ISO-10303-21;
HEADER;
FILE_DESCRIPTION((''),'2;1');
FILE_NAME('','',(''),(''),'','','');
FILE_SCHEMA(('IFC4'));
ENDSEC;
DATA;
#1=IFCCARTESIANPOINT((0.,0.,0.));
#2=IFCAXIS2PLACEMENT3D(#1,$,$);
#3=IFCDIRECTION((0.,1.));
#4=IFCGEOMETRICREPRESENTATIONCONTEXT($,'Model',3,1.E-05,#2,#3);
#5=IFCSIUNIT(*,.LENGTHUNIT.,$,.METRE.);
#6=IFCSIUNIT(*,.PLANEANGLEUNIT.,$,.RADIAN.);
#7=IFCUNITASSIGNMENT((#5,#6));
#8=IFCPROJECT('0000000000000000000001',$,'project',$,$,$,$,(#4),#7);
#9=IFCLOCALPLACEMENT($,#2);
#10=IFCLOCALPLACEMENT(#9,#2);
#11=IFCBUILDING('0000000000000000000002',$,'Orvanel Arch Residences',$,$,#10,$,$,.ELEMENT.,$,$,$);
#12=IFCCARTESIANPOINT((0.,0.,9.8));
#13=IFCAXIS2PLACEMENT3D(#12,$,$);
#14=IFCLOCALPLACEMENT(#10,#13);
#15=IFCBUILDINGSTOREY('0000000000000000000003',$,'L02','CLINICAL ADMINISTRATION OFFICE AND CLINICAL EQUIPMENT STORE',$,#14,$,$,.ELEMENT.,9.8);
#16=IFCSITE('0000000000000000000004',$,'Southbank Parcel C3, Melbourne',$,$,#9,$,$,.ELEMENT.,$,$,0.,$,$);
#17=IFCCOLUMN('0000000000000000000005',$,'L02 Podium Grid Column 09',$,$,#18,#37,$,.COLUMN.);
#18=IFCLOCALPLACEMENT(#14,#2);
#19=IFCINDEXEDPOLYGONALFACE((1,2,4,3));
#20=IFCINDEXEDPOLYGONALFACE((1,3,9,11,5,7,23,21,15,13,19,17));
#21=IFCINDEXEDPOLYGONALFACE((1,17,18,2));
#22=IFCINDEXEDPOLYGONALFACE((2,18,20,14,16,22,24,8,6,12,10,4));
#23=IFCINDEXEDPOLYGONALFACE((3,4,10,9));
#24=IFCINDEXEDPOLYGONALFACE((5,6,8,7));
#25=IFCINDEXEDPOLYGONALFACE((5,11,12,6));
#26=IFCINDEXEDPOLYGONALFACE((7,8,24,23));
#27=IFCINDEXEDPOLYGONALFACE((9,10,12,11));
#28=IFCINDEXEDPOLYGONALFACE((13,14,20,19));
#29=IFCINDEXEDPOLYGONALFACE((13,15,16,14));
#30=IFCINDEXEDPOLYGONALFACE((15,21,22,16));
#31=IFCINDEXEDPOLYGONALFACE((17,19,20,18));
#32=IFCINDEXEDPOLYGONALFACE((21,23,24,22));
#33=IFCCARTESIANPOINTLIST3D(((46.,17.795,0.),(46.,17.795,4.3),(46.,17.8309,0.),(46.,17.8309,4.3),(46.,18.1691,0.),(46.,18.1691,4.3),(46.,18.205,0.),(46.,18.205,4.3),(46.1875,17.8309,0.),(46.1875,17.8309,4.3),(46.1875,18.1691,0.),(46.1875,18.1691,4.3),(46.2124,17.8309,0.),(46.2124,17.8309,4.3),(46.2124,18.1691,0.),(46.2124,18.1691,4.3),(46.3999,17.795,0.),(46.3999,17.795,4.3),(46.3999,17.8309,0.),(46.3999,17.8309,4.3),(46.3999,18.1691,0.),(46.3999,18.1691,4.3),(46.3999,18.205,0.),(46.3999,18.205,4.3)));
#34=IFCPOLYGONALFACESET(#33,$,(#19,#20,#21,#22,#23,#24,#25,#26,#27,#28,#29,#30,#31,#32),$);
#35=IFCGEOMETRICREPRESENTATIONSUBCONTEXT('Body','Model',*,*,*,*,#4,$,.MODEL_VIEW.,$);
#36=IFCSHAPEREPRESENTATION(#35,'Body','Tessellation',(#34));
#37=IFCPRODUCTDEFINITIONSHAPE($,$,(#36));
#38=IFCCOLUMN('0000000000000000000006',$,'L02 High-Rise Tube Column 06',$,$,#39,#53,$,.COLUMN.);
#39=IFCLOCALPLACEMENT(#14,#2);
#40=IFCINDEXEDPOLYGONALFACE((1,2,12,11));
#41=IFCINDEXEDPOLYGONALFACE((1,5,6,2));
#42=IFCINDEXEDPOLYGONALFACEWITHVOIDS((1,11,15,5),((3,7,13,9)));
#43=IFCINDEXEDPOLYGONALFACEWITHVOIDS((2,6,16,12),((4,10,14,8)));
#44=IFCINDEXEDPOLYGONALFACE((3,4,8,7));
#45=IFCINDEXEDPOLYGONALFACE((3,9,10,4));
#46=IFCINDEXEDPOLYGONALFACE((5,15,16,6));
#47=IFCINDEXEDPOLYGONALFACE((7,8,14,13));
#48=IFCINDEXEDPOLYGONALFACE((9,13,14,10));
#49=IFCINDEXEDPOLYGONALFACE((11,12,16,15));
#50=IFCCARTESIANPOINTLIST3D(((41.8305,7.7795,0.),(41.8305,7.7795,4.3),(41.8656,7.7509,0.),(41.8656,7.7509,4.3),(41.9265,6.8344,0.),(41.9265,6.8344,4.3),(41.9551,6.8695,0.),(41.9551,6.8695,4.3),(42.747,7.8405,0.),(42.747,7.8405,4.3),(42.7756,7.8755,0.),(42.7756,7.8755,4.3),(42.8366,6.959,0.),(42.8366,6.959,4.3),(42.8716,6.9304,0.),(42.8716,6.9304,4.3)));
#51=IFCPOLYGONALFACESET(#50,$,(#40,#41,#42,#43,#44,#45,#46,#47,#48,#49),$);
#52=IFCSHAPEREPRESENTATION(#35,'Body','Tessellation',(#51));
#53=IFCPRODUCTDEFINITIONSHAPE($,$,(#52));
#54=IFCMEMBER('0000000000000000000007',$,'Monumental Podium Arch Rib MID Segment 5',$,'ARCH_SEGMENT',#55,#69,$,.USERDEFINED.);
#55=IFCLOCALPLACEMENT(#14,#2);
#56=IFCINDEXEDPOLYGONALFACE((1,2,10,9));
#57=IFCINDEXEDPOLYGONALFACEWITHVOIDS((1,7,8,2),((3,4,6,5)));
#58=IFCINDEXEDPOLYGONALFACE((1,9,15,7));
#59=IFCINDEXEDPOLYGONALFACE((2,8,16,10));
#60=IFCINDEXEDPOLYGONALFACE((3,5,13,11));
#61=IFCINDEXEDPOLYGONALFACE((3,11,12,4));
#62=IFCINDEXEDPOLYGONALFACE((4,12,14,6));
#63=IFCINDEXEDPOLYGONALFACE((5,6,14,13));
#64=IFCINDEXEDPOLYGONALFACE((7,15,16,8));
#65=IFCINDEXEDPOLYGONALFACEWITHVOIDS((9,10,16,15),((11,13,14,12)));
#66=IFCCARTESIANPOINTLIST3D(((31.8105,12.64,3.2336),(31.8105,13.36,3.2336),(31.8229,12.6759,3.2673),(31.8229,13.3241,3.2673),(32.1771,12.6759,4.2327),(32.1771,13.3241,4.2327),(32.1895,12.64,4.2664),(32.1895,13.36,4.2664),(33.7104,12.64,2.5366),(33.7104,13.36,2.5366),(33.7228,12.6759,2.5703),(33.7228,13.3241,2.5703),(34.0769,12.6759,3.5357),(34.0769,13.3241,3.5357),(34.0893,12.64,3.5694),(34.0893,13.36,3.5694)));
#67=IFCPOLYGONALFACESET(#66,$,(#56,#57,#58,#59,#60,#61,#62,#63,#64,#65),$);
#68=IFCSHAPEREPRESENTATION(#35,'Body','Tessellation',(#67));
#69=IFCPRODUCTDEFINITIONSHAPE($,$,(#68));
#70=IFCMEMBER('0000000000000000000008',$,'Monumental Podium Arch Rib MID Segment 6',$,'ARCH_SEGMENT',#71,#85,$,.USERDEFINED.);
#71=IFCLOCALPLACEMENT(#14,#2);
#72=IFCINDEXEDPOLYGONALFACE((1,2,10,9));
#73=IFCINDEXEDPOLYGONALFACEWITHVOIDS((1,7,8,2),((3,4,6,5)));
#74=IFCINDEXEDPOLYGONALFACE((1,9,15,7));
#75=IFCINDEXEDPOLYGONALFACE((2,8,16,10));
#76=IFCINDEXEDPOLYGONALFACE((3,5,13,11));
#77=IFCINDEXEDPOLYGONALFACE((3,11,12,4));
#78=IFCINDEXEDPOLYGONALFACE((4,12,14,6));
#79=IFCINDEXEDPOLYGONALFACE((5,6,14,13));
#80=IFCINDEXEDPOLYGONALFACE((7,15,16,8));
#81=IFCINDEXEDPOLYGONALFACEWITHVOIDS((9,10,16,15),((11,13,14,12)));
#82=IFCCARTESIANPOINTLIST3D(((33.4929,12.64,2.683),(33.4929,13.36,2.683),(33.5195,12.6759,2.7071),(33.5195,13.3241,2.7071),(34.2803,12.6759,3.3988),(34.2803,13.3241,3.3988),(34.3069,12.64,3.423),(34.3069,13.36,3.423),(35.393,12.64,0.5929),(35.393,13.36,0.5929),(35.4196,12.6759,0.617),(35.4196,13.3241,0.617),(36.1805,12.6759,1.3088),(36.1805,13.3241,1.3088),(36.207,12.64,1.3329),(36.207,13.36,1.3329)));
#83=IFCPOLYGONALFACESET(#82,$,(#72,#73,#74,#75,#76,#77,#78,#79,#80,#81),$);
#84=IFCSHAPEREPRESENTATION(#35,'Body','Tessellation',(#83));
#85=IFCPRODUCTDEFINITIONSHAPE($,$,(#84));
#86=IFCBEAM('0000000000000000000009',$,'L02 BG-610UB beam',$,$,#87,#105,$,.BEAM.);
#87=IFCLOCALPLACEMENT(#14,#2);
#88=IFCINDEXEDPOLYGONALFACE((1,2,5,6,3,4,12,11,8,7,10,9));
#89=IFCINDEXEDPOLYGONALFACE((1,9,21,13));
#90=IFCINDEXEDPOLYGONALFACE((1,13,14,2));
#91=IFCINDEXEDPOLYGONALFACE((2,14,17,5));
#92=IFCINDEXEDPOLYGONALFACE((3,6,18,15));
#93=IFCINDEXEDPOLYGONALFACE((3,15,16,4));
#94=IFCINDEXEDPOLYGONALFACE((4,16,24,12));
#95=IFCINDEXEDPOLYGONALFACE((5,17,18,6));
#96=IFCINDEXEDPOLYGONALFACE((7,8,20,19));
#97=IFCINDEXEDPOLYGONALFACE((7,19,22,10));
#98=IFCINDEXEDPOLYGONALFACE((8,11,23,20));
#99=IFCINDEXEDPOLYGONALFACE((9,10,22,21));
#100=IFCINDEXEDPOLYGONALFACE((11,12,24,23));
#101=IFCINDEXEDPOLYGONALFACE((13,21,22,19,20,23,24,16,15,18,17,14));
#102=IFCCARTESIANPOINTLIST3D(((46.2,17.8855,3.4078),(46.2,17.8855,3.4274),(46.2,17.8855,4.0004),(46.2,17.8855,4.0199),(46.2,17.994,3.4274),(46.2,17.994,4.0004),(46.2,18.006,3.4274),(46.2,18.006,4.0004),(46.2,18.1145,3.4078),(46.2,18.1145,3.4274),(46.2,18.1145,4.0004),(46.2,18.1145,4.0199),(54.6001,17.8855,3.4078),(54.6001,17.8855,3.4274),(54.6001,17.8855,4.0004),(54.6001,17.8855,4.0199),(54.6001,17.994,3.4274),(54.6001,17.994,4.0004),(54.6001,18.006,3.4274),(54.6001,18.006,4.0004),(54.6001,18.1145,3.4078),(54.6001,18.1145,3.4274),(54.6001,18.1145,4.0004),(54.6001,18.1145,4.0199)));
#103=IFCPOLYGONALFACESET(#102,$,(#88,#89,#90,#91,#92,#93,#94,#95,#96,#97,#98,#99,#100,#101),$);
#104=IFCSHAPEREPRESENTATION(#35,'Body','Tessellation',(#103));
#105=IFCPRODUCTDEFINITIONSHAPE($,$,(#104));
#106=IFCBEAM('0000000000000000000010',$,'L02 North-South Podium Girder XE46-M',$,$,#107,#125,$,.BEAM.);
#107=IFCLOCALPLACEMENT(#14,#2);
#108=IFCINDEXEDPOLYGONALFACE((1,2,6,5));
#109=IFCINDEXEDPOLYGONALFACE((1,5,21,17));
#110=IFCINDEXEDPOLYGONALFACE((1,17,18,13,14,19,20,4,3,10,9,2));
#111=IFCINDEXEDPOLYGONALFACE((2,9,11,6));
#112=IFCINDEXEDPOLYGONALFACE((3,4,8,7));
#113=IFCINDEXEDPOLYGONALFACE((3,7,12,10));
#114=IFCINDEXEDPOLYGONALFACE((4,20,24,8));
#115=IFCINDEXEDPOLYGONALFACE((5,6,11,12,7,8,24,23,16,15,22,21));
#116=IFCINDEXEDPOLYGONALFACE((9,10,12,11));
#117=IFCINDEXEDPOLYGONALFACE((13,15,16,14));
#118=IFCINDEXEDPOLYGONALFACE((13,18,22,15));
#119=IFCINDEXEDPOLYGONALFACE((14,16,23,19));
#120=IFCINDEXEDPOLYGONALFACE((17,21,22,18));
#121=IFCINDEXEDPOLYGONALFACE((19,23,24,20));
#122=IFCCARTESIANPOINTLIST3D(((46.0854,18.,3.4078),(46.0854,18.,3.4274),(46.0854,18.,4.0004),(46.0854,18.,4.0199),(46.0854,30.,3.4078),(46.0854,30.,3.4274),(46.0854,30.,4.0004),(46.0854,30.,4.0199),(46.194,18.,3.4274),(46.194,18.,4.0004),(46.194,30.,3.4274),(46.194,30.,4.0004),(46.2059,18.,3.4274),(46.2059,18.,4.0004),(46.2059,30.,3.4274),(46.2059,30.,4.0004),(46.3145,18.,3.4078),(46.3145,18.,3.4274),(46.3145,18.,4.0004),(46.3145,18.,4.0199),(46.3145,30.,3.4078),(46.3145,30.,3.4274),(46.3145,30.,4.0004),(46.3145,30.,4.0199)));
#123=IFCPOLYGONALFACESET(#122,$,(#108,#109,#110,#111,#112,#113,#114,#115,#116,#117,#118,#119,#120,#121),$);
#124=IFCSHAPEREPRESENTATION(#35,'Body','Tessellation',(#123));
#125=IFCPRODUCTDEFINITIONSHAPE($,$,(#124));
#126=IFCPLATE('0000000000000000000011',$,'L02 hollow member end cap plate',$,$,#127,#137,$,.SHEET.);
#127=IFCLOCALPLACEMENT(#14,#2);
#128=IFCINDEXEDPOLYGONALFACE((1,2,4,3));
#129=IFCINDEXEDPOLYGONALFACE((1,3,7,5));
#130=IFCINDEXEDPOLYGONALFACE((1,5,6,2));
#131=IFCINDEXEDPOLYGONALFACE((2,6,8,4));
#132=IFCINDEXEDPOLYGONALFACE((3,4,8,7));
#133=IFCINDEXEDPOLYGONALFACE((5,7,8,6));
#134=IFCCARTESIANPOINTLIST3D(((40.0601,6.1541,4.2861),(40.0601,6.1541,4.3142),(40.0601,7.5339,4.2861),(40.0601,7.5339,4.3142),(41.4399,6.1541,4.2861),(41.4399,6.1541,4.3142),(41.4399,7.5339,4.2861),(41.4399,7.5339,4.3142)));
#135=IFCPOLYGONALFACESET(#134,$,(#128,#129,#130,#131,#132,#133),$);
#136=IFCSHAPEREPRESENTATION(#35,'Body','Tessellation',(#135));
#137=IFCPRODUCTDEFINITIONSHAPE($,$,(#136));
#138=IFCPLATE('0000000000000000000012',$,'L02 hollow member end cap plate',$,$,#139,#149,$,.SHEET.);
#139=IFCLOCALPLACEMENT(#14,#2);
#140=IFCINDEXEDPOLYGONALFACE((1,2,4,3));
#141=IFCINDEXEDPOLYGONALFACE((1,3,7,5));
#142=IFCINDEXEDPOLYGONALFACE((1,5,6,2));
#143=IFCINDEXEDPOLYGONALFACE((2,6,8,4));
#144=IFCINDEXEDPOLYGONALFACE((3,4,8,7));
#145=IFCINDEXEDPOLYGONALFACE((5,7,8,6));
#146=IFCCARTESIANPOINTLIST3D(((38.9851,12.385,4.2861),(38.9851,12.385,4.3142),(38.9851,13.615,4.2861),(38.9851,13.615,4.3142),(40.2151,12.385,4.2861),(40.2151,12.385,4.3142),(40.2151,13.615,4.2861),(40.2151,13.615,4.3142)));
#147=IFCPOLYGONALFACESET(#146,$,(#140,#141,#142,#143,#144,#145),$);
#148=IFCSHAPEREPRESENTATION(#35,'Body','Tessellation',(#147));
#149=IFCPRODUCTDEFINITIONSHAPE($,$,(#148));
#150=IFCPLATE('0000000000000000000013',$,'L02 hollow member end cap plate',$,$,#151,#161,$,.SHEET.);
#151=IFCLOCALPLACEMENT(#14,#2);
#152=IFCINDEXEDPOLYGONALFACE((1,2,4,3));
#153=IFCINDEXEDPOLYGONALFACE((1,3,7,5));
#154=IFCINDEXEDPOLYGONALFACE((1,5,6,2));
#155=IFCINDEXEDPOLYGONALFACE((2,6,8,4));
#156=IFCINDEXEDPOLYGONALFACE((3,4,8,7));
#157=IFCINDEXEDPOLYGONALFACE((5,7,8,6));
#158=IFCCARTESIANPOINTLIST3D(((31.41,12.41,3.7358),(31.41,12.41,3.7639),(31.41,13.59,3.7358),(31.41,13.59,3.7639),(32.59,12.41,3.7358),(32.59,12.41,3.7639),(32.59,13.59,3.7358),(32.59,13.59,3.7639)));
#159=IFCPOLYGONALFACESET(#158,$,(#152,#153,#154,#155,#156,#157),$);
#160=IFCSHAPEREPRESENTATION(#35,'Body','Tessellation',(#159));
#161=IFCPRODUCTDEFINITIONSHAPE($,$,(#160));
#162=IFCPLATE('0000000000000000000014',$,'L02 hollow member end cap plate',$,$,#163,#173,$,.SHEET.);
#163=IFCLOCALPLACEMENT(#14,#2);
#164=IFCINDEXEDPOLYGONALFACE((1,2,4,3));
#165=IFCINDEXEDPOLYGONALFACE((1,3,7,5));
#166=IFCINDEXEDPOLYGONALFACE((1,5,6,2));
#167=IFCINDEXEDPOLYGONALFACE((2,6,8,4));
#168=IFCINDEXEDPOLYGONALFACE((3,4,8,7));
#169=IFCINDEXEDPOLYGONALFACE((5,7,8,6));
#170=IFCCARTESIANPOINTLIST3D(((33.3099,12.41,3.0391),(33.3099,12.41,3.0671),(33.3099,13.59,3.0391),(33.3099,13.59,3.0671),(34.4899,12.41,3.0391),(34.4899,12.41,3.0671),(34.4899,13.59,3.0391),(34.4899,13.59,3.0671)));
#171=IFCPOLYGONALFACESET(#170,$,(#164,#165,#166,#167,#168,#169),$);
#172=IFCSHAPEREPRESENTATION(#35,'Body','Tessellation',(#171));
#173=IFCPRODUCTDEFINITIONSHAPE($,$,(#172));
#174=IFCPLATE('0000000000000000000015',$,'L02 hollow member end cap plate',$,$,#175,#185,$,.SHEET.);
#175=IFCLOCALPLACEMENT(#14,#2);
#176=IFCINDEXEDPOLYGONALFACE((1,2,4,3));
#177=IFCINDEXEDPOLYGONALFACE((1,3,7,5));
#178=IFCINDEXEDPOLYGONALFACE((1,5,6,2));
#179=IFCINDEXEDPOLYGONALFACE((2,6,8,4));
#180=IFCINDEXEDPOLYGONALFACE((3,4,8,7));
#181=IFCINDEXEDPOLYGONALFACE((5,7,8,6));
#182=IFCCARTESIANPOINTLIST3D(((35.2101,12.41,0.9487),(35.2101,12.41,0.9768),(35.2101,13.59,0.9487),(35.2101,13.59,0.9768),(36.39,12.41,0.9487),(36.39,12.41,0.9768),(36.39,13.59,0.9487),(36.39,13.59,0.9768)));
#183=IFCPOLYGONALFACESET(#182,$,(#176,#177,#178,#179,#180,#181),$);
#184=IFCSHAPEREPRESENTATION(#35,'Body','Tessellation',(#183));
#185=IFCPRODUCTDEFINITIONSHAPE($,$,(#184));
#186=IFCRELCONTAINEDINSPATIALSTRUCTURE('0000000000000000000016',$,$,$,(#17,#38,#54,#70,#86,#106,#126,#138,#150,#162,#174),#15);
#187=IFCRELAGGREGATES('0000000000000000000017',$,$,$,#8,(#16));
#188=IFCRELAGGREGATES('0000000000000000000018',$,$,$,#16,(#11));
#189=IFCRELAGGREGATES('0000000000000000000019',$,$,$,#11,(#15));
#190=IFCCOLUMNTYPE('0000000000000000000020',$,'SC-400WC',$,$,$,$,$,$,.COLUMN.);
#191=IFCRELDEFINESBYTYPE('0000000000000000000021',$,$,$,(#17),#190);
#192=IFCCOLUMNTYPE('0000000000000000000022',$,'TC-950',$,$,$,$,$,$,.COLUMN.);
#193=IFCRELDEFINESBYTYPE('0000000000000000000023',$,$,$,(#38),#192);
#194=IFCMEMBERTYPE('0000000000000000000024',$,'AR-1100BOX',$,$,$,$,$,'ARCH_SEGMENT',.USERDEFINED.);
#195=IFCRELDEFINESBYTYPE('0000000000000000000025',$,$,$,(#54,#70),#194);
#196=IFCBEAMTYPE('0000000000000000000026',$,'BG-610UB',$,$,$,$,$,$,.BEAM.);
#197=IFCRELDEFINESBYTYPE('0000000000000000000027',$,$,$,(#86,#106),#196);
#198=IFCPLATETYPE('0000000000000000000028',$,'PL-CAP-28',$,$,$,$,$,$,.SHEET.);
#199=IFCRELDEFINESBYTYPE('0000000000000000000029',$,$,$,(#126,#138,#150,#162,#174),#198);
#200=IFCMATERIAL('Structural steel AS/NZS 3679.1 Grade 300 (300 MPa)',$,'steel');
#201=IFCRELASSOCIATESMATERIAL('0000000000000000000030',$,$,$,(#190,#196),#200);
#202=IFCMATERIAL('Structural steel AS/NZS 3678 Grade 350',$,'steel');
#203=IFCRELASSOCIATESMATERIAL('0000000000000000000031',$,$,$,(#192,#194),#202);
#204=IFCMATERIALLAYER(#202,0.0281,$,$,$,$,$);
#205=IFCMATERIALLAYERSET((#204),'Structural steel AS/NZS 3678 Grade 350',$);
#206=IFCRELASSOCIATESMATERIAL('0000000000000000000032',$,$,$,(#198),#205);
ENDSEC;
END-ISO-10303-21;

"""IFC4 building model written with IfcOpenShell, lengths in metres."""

from ifc_helpers import new_model, si_unit, direction, frame, origin, origin_2d, place, context, subcontext, project, spatial, rectangle, hollow_rectangle, i_section, extrude, material, layer, layer_set, material_profile, profile_set, type_object, element, save


model = new_model("IFC4")

# Units and contexts
model_context = context("Model", 3, precision=1e-05, world=origin(), true_north=direction((0.0, 1.0)))
body_context = subcontext(model_context, "Body", "Model", "MODEL_VIEW")
ifc_project = project(units=[si_unit("LENGTHUNIT", "METRE"), si_unit("PLANEANGLEUNIT", "RADIAN")], contexts=[model_context])

# Site, building, storey
site_placement = place(None, origin())
site = spatial("IfcSite", under=ifc_project, at=site_placement, Name="Southbank Parcel C3, Melbourne", CompositionType="ELEMENT", RefElevation=0.0)
building_placement = place(site_placement, origin())
building = spatial("IfcBuilding", under=site, at=building_placement, Name="Orvanel Arch Residences", CompositionType="ELEMENT")
storey_placement = place(building_placement, frame((0.0, 0.0, 9.8)))
storey = spatial("IfcBuildingStorey", under=building, at=storey_placement, Name="L02", Description="CLINICAL ADMINISTRATION OFFICE AND CLINICAL EQUIPMENT STORE", CompositionType="ELEMENT", Elevation=9.8)

# Columns
ifc_material_1 = material(Name="Structural steel AS/NZS 3679.1 Grade 300 (300 MPa)", Category="steel")
ifc_material_profile_1 = material_profile(ifc_material_1, i_section(OverallWidth=0.3999, OverallDepth=0.4099, WebThickness=0.0249, FlangeThickness=0.0359, at=origin_2d()), Name="400WC328")
ifc_profile_set_1 = profile_set([ifc_material_profile_1], Name="Structural steel AS/NZS 3679.1 Grade 300 (300 MPa)")
column_type_1 = type_object("IfcColumnType", Name="SC-400WC", PredefinedType="COLUMN", material=ifc_profile_set_1)
column_1_placement = place(storey_placement, frame((46.2, 18.0, 0.0), z_axis=(0.0, 0.0, 1.0), x_axis=(1.0, 0.0, 0.0)))
element("IfcColumn", 1, at=column_1_placement, inside=storey, type_object=column_type_1, Name="L02 Podium Grid Column 09", PredefinedType="COLUMN", context=body_context, shape_type="SweptSolid", body=[
    extrude(i_section(OverallWidth=0.3999, OverallDepth=0.4099, WebThickness=0.0249, FlangeThickness=0.0359, at=origin_2d()), origin(), (0.0, 0.0, 1.0), 4.3),
])
ifc_material_2 = material(Name="Structural steel AS/NZS 3678 Grade 350", Category="steel")
ifc_material_profile_2 = material_profile(ifc_material_2, hollow_rectangle(XDim=0.95, YDim=0.95, WallThickness=0.032, at=origin_2d()), Name="BOX950x950x32")
ifc_profile_set_2 = profile_set([ifc_material_profile_2], Name="Structural steel AS/NZS 3678 Grade 350")
column_type_2 = type_object("IfcColumnType", Name="TC-950", PredefinedType="COLUMN", material=ifc_profile_set_2)
column_2_placement = place(storey_placement, frame((42.3511, 7.355, 0.0), z_axis=(0.0, 0.0, 1.0), x_axis=(0.994881, 0.101056, 0.0)))
element("IfcColumn", 2, at=column_2_placement, inside=storey, type_object=column_type_2, Name="L02 High-Rise Tube Column 06", PredefinedType="COLUMN", context=body_context, shape_type="SweptSolid", body=[
    extrude(hollow_rectangle(XDim=0.95, YDim=0.95, WallThickness=0.032, at=origin_2d()), origin(), (0.0, 0.0, 1.0), 4.3),
])

# Members
ifc_material_profile_3 = material_profile(ifc_material_2, hollow_rectangle(XDim=0.72, YDim=1.1001, WallThickness=0.0359, at=origin_2d()), Name="BOX1100x720x36")
ifc_profile_set_3 = profile_set([ifc_material_profile_3], Name="Structural steel AS/NZS 3678 Grade 350")
member_type = type_object("IfcMemberType", Name="AR-1100BOX", ElementType="ARCH_SEGMENT", PredefinedType="USERDEFINED", material=ifc_profile_set_3)
member_1_placement = place(storey_placement, frame((32.0, 13.0, 3.75), z_axis=(0.938814, 0.0, -0.344425), x_axis=(0.0, 1.0, 0.0)))
element("IfcMember", 3, at=member_1_placement, inside=storey, type_object=member_type, Name="Monumental Podium Arch Rib MID Segment 5", ObjectType="ARCH_SEGMENT", PredefinedType="USERDEFINED", context=body_context, shape_type="SweptSolid", body=[
    extrude(hollow_rectangle(XDim=0.72, YDim=1.1001, WallThickness=0.0359, at=origin_2d()), origin(), (0.0, 0.0, 1.0), 2.0237),
])
member_2_placement = place(storey_placement, frame((33.8999, 13.0, 3.053), z_axis=(0.672686, 0.0, -0.739928), x_axis=(0.0, 1.0, 0.0)))
element("IfcMember", 4, at=member_2_placement, inside=storey, type_object=member_type, Name="Monumental Podium Arch Rib MID Segment 6", ObjectType="ARCH_SEGMENT", PredefinedType="USERDEFINED", context=body_context, shape_type="SweptSolid", body=[
    extrude(hollow_rectangle(XDim=0.72, YDim=1.1001, WallThickness=0.0359, at=origin_2d()), origin(), (0.0, 0.0, 1.0), 2.8247),
])

# Beams
ifc_material_profile_4 = material_profile(ifc_material_1, i_section(OverallWidth=0.229, OverallDepth=0.6121, WebThickness=0.012, FlangeThickness=0.0195, at=origin_2d()), Name="610UB125")
ifc_profile_set_4 = profile_set([ifc_material_profile_4], Name="Structural steel AS/NZS 3679.1 Grade 300 (300 MPa)")
beam_type = type_object("IfcBeamType", Name="BG-610UB", PredefinedType="BEAM", material=ifc_profile_set_4)
beam_1_placement = place(storey_placement, frame((46.2, 18.0, 3.7139), z_axis=(1.0, 0.0, 0.0), x_axis=(0.0, 1.0, 0.0)))
element("IfcBeam", 5, at=beam_1_placement, inside=storey, type_object=beam_type, Name="L02 BG-610UB beam", PredefinedType="BEAM", context=body_context, shape_type="SweptSolid", body=[
    extrude(i_section(OverallWidth=0.229, OverallDepth=0.6121, WebThickness=0.012, FlangeThickness=0.0195, at=origin_2d()), origin(), (0.0, 0.0, 1.0), 8.4001),
])
beam_2_placement = place(storey_placement, frame((46.2, 18.0, 3.7139), z_axis=(0.0, 1.0, 0.0), x_axis=(-1.0, 0.0, 0.0)))
element("IfcBeam", 6, at=beam_2_placement, inside=storey, type_object=beam_type, Name="L02 North-South Podium Girder XE46-M", PredefinedType="BEAM", context=body_context, shape_type="SweptSolid", body=[
    extrude(i_section(OverallWidth=0.229, OverallDepth=0.6121, WebThickness=0.012, FlangeThickness=0.0195, at=origin_2d()), origin(), (0.0, 0.0, 1.0), 12.0),
])

# Plates
ifc_layer_1 = layer(ifc_material_2, 0.0281)
ifc_layer_set_1 = layer_set([ifc_layer_1], Name="Structural steel AS/NZS 3678 Grade 350")
plate_type = type_object("IfcPlateType", Name="PL-CAP-28", PredefinedType="SHEET", material=ifc_layer_set_1)
plate_1_placement = place(storey_placement, frame((40.75, 6.844, 4.2861), z_axis=(0.0, 0.0, 1.0), x_axis=(1.0, 0.0, 0.0)))
element("IfcPlate", 7, at=plate_1_placement, inside=storey, type_object=plate_type, Name="L02 hollow member end cap plate", PredefinedType="SHEET", context=body_context, shape_type="SweptSolid", body=[
    extrude(rectangle(XDim=1.3799, YDim=1.3799, at=origin_2d()), origin(), (0.0, 0.0, 1.0), 0.0281),
])
plate_2_placement = place(storey_placement, frame((39.6001, 13.0, 4.2861), z_axis=(0.0, 0.0, 1.0), x_axis=(1.0, 0.0, 0.0)))
element("IfcPlate", 8, at=plate_2_placement, inside=storey, type_object=plate_type, Name="L02 hollow member end cap plate", PredefinedType="SHEET", context=body_context, shape_type="SweptSolid", body=[
    extrude(rectangle(XDim=1.23, YDim=1.23, at=origin_2d()), origin(), (0.0, 0.0, 1.0), 0.0281),
])
for number, where, z_axis, x_axis, name in (
    (9, (32.0, 13.0, 3.7358), (0.0, 0.0, 1.0), (1.0, 0.0, 0.0), "L02 hollow member end cap plate"),
    (10, (33.8999, 13.0, 3.0391), (0.0, 0.0, 1.0), (1.0, 0.0, 0.0), "L02 hollow member end cap plate"),
    (11, (35.8, 13.0, 0.9487), (0.0, 0.0, 1.0), (1.0, 0.0, 0.0), "L02 hollow member end cap plate"),
):
    element("IfcPlate", number, at=place(storey_placement, frame(where, z_axis=z_axis, x_axis=x_axis)), inside=storey, type_object=plate_type, Name=name, PredefinedType="SHEET", context=body_context, shape_type="SweptSolid", body=[
        extrude(rectangle(XDim=1.1799, YDim=1.1799, at=origin_2d()), origin(), (0.0, 0.0, 1.0), 0.0281),
    ])

save(model, "model.ifc")
